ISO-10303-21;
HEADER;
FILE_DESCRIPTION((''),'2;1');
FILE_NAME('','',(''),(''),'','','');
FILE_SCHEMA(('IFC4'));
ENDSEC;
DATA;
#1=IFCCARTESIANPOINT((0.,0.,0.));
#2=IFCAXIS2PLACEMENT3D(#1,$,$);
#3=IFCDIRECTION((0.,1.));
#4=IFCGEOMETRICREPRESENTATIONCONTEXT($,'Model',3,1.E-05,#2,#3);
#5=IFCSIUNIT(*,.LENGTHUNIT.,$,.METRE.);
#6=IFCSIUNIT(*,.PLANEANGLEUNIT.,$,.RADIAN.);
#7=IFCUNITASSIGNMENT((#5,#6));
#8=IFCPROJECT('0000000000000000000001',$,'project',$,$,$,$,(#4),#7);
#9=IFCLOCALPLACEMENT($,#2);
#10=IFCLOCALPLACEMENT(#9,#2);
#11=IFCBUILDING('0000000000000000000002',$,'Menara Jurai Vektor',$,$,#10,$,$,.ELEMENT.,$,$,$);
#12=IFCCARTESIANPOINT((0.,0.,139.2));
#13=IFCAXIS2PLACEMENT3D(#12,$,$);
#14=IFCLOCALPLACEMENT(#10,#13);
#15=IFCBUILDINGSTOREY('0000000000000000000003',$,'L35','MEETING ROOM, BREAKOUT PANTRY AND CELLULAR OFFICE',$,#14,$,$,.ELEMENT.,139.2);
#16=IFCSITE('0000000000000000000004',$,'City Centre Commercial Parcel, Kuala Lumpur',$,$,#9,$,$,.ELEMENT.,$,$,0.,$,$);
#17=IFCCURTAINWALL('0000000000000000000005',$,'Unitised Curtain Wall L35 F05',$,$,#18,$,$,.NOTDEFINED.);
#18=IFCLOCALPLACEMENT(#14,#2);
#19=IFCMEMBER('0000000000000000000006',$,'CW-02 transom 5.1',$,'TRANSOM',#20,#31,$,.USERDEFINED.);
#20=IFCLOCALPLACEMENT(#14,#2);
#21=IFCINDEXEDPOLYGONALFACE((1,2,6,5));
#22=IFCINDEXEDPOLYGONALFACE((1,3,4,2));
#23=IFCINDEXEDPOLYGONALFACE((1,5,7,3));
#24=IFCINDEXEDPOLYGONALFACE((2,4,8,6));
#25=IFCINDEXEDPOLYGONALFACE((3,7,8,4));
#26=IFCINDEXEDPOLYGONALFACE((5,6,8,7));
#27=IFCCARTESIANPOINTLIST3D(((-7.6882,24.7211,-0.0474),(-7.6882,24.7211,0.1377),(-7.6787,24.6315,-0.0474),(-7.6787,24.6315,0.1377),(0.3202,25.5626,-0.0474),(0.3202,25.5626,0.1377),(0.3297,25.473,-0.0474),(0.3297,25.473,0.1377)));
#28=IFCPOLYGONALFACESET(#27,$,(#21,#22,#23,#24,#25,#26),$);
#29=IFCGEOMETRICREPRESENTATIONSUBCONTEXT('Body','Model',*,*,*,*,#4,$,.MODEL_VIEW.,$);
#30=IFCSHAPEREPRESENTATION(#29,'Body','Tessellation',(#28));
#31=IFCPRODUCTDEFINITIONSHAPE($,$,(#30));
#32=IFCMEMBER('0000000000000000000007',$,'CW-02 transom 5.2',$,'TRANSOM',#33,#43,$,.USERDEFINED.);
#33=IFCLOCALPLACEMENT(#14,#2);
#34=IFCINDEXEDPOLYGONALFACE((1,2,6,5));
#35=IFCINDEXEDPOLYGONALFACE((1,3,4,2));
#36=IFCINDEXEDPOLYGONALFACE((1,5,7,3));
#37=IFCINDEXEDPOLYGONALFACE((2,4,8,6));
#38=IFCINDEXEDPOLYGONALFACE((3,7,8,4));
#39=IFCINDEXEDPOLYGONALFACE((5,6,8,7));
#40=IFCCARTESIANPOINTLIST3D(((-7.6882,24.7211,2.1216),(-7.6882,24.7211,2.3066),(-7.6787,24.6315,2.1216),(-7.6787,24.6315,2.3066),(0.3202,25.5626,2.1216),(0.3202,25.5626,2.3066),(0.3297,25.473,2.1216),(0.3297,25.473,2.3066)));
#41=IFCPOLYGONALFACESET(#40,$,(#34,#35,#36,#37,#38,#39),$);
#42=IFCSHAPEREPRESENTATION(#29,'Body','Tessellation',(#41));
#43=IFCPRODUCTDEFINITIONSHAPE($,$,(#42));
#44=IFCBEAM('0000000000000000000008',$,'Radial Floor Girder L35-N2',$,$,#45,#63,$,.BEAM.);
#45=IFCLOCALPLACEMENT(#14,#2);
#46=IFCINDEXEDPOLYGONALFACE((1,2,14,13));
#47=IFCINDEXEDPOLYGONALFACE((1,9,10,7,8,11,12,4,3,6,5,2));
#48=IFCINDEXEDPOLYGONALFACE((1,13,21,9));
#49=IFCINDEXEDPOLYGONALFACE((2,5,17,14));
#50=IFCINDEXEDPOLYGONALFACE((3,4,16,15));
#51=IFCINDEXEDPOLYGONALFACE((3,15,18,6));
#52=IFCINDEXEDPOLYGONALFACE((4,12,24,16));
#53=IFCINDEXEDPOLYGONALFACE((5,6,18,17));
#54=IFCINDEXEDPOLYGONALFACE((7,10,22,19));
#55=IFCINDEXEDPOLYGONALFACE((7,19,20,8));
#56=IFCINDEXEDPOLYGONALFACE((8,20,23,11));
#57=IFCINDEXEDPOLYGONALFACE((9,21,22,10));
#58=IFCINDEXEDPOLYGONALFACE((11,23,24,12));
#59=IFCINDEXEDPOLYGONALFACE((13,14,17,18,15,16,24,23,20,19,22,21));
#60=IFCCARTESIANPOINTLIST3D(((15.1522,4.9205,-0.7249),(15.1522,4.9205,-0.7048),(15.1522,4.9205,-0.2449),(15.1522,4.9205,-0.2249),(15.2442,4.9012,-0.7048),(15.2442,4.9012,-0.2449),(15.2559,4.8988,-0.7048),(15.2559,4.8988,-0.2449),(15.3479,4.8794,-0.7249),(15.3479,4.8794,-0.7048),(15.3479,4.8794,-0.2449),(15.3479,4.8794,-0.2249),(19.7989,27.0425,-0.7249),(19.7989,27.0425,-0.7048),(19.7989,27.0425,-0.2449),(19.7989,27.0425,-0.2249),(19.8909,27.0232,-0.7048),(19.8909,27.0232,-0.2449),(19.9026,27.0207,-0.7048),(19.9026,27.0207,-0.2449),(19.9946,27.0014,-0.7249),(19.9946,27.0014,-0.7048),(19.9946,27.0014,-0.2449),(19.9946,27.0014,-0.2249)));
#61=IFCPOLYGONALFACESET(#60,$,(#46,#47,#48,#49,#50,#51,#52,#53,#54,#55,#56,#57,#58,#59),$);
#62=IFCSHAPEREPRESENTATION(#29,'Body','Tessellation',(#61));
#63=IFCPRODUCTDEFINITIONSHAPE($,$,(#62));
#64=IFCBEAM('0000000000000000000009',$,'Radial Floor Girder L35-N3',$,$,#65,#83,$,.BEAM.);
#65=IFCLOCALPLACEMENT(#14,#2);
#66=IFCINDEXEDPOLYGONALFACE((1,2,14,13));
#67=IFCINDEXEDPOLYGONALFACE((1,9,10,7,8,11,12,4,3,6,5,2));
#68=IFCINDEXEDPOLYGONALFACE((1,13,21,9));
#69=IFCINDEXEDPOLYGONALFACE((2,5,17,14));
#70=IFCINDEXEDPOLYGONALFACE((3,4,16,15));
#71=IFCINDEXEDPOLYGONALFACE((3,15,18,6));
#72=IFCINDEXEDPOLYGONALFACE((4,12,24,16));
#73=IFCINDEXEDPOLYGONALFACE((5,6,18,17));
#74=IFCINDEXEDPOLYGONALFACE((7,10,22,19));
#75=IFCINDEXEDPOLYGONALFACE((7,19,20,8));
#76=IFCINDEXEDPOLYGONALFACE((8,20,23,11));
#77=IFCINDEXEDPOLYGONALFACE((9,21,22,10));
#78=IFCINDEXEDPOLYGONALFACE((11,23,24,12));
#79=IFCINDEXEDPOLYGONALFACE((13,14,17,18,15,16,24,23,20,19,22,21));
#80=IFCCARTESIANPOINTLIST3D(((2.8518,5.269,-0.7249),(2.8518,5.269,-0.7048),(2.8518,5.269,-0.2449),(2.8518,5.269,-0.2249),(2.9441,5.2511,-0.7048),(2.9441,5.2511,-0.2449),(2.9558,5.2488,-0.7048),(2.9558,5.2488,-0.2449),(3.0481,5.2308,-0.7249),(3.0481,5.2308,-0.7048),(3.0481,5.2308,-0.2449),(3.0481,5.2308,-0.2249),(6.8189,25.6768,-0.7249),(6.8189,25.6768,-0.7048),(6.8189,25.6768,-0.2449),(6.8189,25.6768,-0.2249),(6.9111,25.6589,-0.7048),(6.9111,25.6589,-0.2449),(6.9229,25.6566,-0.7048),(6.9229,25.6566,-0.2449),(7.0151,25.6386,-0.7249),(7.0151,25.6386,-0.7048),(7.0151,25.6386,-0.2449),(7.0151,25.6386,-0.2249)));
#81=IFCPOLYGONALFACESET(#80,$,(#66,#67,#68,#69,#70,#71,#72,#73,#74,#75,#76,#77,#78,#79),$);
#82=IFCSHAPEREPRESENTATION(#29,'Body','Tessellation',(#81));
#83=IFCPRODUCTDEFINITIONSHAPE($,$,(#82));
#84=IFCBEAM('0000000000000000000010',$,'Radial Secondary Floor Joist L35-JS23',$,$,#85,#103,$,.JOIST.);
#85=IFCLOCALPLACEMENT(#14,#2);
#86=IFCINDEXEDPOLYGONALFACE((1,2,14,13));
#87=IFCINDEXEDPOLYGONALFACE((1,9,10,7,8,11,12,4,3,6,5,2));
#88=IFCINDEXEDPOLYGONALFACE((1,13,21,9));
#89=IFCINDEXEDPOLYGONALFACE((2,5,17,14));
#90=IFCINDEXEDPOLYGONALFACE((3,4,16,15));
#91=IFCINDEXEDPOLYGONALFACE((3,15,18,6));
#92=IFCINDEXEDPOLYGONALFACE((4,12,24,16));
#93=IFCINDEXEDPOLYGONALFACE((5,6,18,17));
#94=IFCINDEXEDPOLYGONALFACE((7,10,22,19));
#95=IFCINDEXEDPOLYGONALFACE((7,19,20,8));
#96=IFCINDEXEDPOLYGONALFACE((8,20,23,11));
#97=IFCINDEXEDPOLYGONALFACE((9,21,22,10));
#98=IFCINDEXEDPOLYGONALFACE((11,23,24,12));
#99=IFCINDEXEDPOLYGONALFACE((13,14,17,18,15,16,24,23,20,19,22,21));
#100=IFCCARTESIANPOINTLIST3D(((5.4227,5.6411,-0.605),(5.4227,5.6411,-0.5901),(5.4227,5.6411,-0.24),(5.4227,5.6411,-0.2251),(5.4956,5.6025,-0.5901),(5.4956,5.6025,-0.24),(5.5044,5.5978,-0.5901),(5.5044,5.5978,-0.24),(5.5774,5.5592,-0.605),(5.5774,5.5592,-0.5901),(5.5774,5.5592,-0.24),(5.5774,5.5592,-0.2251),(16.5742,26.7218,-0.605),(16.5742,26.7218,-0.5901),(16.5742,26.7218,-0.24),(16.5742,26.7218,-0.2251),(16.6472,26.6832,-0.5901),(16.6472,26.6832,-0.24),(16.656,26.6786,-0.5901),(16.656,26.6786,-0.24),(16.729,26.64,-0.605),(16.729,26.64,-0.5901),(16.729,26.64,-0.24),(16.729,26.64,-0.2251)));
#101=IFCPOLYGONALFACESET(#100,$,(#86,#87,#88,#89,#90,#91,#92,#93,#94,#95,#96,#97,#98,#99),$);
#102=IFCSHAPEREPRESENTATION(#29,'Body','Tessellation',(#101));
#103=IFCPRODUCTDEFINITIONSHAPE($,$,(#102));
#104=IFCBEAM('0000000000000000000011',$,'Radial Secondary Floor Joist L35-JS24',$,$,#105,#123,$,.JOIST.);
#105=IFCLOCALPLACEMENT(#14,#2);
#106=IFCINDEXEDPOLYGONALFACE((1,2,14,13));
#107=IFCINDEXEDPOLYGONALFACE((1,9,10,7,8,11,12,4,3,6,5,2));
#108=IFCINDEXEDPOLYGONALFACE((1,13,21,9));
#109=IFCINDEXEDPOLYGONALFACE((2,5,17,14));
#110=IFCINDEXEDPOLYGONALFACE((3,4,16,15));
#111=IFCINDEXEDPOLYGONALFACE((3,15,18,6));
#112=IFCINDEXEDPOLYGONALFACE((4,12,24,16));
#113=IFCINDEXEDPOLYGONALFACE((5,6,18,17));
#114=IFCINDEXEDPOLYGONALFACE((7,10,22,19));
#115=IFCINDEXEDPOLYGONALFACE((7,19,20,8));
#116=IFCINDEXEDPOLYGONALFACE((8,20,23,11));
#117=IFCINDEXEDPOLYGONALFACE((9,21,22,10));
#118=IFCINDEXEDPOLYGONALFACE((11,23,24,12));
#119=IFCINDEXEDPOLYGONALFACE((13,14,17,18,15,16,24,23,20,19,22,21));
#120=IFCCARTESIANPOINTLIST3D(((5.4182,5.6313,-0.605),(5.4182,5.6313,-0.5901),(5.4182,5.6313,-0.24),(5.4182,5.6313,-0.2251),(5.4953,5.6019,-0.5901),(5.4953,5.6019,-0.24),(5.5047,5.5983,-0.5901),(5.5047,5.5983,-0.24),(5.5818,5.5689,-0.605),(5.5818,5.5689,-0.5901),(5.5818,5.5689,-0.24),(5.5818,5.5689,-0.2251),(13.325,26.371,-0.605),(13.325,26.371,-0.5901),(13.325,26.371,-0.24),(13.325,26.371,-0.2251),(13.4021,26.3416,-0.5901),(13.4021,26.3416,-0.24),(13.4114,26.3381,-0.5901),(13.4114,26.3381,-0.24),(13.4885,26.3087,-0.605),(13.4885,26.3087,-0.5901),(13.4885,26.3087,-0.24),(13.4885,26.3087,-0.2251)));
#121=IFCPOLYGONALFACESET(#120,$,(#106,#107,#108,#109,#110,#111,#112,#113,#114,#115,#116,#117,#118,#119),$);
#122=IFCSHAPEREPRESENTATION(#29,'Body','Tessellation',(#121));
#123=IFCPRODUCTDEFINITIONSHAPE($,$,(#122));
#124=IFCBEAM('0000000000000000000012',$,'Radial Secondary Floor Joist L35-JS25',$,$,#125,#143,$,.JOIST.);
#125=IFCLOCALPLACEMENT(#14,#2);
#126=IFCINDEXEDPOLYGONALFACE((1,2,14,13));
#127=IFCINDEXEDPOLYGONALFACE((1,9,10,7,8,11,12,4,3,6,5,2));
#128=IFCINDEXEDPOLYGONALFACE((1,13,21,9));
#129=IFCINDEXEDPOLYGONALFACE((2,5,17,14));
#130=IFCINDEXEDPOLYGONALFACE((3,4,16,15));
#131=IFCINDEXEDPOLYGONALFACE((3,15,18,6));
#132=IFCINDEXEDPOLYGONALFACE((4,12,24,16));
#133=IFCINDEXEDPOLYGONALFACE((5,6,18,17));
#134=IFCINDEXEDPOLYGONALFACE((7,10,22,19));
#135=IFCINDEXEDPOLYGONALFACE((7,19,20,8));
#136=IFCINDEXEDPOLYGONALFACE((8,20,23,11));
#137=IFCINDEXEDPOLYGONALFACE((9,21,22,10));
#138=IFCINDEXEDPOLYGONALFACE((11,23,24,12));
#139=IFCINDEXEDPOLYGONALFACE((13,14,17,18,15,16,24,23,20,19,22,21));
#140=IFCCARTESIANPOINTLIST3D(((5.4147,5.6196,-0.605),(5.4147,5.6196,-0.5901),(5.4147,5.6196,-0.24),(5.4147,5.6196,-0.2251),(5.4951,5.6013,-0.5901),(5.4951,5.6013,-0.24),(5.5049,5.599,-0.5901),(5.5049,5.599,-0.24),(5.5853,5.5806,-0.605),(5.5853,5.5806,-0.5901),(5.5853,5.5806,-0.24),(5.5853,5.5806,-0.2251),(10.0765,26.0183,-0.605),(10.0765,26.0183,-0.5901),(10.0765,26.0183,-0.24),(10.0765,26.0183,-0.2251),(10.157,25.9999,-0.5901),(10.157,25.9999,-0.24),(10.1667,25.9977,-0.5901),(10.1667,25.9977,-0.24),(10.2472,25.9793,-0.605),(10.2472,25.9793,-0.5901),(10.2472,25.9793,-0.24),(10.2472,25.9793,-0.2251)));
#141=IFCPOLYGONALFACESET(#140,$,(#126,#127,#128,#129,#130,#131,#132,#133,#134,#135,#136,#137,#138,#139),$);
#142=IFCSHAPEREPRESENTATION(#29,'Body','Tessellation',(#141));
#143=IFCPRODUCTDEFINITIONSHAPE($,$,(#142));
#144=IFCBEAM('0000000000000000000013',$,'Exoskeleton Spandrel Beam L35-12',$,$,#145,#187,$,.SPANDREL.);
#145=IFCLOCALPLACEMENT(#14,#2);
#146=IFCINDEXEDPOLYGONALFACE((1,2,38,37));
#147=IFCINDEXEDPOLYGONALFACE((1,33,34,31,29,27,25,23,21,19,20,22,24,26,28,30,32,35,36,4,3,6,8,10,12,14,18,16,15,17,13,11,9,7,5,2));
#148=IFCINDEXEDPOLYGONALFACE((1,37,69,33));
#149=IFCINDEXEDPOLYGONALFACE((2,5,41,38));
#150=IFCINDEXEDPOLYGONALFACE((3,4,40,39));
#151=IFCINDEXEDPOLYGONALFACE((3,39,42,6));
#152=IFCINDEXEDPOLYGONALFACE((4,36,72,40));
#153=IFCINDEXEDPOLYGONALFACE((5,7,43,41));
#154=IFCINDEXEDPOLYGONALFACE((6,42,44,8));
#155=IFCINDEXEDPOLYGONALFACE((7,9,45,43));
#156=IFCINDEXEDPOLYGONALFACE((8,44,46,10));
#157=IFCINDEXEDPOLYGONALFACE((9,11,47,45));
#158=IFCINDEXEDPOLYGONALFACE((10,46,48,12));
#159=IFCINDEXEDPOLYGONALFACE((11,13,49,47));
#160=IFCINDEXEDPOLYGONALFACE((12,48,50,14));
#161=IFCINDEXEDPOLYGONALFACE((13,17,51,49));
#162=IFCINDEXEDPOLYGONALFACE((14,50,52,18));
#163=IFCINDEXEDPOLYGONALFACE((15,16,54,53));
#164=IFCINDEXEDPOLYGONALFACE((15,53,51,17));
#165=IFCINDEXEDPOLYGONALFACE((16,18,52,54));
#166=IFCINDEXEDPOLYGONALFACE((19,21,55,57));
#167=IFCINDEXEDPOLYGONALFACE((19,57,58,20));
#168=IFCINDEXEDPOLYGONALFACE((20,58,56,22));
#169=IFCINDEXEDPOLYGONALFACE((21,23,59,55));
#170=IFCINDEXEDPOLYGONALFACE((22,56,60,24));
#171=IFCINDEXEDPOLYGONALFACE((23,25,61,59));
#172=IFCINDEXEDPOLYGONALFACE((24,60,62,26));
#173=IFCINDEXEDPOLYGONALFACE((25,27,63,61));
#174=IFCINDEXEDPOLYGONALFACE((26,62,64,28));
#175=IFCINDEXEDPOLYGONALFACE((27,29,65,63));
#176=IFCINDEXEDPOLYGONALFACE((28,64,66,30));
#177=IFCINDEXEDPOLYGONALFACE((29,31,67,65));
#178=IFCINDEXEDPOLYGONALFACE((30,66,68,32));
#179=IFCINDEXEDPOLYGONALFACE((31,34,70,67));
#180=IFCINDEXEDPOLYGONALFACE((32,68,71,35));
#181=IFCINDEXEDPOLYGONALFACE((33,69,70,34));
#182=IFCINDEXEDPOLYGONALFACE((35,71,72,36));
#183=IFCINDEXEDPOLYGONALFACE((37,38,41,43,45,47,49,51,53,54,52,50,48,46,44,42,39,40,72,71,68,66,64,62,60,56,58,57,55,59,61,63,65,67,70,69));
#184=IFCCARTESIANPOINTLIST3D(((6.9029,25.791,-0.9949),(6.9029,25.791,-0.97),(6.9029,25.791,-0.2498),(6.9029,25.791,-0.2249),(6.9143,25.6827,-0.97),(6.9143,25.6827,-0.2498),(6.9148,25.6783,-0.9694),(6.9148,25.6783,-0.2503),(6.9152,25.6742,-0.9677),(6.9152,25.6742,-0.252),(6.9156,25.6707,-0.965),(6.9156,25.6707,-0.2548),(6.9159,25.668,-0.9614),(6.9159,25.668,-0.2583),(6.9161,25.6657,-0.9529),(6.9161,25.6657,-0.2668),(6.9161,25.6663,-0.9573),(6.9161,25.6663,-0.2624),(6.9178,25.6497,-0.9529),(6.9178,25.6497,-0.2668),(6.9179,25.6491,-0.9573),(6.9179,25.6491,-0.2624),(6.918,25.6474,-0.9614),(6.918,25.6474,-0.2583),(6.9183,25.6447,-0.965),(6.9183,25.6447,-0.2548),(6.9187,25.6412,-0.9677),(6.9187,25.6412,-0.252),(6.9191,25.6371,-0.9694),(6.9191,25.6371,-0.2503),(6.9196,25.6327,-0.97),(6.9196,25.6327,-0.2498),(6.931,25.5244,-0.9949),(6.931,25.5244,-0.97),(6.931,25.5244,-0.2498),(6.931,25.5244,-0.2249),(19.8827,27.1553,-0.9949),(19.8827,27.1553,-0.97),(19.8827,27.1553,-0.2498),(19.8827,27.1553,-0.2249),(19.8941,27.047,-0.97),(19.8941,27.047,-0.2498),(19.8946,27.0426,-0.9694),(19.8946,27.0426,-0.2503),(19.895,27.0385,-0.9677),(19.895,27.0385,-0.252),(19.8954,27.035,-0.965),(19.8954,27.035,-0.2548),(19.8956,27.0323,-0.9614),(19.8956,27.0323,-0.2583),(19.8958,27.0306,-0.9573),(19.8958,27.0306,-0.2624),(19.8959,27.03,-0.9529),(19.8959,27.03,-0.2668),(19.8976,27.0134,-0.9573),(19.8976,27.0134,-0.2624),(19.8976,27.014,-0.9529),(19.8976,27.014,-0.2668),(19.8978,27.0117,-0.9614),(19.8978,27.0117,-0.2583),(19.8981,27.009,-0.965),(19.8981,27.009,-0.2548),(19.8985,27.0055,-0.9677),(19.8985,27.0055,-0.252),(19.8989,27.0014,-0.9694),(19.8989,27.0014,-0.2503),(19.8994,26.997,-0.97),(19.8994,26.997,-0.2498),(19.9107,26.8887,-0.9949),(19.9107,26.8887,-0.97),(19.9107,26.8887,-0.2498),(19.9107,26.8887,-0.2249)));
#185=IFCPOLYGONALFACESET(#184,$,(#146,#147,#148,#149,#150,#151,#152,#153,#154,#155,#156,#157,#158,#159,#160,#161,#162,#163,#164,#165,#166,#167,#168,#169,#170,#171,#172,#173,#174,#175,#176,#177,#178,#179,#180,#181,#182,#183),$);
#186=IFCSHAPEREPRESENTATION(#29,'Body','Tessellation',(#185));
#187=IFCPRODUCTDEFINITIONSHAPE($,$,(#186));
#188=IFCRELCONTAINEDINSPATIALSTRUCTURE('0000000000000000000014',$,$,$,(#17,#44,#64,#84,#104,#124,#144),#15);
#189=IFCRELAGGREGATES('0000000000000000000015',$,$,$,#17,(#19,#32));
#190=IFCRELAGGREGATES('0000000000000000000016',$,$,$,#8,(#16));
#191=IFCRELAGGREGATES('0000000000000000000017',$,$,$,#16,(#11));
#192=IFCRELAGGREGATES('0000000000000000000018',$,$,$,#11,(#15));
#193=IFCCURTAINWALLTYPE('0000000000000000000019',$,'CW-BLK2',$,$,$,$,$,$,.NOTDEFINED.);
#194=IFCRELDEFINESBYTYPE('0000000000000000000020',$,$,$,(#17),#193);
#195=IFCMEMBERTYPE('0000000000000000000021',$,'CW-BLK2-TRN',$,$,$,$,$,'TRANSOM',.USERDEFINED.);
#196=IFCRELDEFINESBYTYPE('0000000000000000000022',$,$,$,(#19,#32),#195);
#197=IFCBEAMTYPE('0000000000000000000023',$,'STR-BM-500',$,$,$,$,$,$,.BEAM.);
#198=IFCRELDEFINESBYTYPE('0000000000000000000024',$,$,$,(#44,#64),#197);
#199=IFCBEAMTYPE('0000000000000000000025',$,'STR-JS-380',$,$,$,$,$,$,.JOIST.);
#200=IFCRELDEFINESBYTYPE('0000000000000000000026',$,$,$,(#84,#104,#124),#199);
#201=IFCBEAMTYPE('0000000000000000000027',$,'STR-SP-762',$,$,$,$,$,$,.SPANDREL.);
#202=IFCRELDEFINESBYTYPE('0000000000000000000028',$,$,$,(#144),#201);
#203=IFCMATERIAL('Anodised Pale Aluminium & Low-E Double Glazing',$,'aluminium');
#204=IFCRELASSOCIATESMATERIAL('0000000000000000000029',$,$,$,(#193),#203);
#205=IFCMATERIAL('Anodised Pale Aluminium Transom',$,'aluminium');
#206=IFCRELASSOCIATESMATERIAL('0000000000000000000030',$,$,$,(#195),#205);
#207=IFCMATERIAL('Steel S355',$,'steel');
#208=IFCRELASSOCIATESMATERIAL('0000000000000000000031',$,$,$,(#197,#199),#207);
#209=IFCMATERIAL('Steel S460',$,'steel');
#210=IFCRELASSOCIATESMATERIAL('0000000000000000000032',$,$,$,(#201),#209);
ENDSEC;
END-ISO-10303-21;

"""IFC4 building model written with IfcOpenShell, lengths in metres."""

from ifc_helpers import new_model, si_unit, direction, frame, origin, origin_2d, place, context, subcontext, project, spatial, rectangle, i_section, extrude, material, material_profile, profile_set, type_object, element, aggregate, save


model = new_model("IFC4")

# Units and contexts
model_context = context("Model", 3, precision=1e-05, world=origin(), true_north=direction((0.0, 1.0)))
body_context = subcontext(model_context, "Body", "Model", "MODEL_VIEW")
ifc_project = project(units=[si_unit("LENGTHUNIT", "METRE"), si_unit("PLANEANGLEUNIT", "RADIAN")], contexts=[model_context])

# Site, building, storey
site_placement = place(None, origin())
site = spatial("IfcSite", under=ifc_project, at=site_placement, Name="City Centre Commercial Parcel, Kuala Lumpur", CompositionType="ELEMENT", RefElevation=0.0)
building_placement = place(site_placement, origin())
building = spatial("IfcBuilding", under=site, at=building_placement, Name="Menara Jurai Vektor", CompositionType="ELEMENT")
storey_placement = place(building_placement, frame((0.0, 0.0, 139.2)))
storey = spatial("IfcBuildingStorey", under=building, at=storey_placement, Name="L35", Description="MEETING ROOM, BREAKOUT PANTRY AND CELLULAR OFFICE", CompositionType="ELEMENT", Elevation=139.2)

# Shared definitions
ifc_material_1 = material(Name="Steel S460", Category="steel")

# Curtain wall, members
ifc_material_2 = material(Name="Anodised Pale Aluminium & Low-E Double Glazing", Category="aluminium")
curtain_wall_type = type_object("IfcCurtainWallType", Name="CW-BLK2", PredefinedType="NOTDEFINED", material=ifc_material_2)
curtain_wall_placement = place(storey_placement, origin())
curtain_wall = element("IfcCurtainWall", 1, at=curtain_wall_placement, inside=storey, type_object=curtain_wall_type, Name="Unitised Curtain Wall L35 F05", PredefinedType="NOTDEFINED")
ifc_material_3 = material(Name="Anodised Pale Aluminium Transom", Category="aluminium")
ifc_material_profile_1 = material_profile(ifc_material_3, rectangle(XDim=0.0901, YDim=0.1851, at=origin_2d()), Name="ALU TRN 90x185")
ifc_profile_set_1 = profile_set([ifc_material_profile_1], Name="Anodised Pale Aluminium Transom")
member_type_1 = type_object("IfcMemberType", Name="CW-BLK2-TRN", ElementType="TRANSOM", PredefinedType="USERDEFINED", material=ifc_profile_set_1)
member_1_placement = place(storey_placement, frame((0.325, 25.5178, 0.0452), z_axis=(-0.994524, -0.10451, 0.0), x_axis=(0.10451, -0.994524, 0.0)))
member_1 = element("IfcMember", 2, at=member_1_placement, type_object=member_type_1, Name="CW-02 transom 5.1", ObjectType="TRANSOM", PredefinedType="USERDEFINED", context=body_context, shape_type="SweptSolid", body=[
    extrude(rectangle(XDim=0.0901, YDim=0.1851, at=origin_2d()), origin(), (0.0, 0.0, 1.0), 8.0525),
])
member_2_placement = place(storey_placement, frame((0.325, 25.5178, 2.2141), z_axis=(-0.994524, -0.10451, 0.0), x_axis=(0.10451, -0.994524, 0.0)))
member_2 = element("IfcMember", 3, at=member_2_placement, type_object=member_type_1, Name="CW-02 transom 5.2", ObjectType="TRANSOM", PredefinedType="USERDEFINED", context=body_context, shape_type="SweptSolid", body=[
    extrude(rectangle(XDim=0.0901, YDim=0.1851, at=origin_2d()), origin(), (0.0, 0.0, 1.0), 8.0525),
])

# Beams
ifc_material_4 = material(Name="Steel S355", Category="steel")
ifc_material_profile_2 = material_profile(ifc_material_4, i_section(OverallWidth=0.2, OverallDepth=0.5, WebThickness=0.012, FlangeThickness=0.02, at=origin_2d()), Name="PG 500x200x96")
ifc_profile_set_2 = profile_set([ifc_material_profile_2], Name="Steel S355")
beam_type_1 = type_object("IfcBeamType", Name="STR-BM-500", PredefinedType="BEAM", material=ifc_profile_set_2)
beam_1_placement = place(storey_placement, frame((19.8967, 27.022, -0.4749), z_axis=(-0.205564, -0.978644, 0.0), x_axis=(0.978644, -0.205564, 0.0)))
element("IfcBeam", 4, at=beam_1_placement, inside=storey, type_object=beam_type_1, Name="Radial Floor Girder L35-N2", PredefinedType="BEAM", context=body_context, shape_type="SweptSolid", body=[
    extrude(i_section(OverallWidth=0.2, OverallDepth=0.5, WebThickness=0.012, FlangeThickness=0.02, at=origin_2d()), origin(), (0.0, 0.0, 1.0), 22.6047),
])
beam_2_placement = place(storey_placement, frame((6.917, 25.6577, -0.4749), z_axis=(-0.190817, -0.981626, 0.0), x_axis=(0.981626, -0.190817, 0.0)))
element("IfcBeam", 5, at=beam_2_placement, inside=storey, type_object=beam_type_1, Name="Radial Floor Girder L35-N3", PredefinedType="BEAM", context=body_context, shape_type="SweptSolid", body=[
    extrude(i_section(OverallWidth=0.2, OverallDepth=0.5, WebThickness=0.012, FlangeThickness=0.02, at=origin_2d()), origin(), (0.0, 0.0, 1.0), 20.7898),
])
ifc_material_profile_3 = material_profile(ifc_material_4, i_section(OverallWidth=0.175, OverallDepth=0.3799, WebThickness=0.01, FlangeThickness=0.0149, at=origin_2d()), Name="PG 380x175x58")
ifc_profile_set_3 = profile_set([ifc_material_profile_3], Name="Steel S355")
beam_type_2 = type_object("IfcBeamType", Name="STR-JS-380", PredefinedType="JOIST", material=ifc_profile_set_3)
beam_3_placement = place(storey_placement, frame((16.6516, 26.6809, -0.415), z_axis=(-0.467599, -0.883941, 0.0), x_axis=(0.883941, -0.467599, 0.0)))
element("IfcBeam", 6, at=beam_3_placement, inside=storey, type_object=beam_type_2, Name="Radial Secondary Floor Joist L35-JS23", PredefinedType="JOIST", context=body_context, shape_type="SweptSolid", body=[
    extrude(i_section(OverallWidth=0.175, OverallDepth=0.3799, WebThickness=0.01, FlangeThickness=0.0149, at=origin_2d()), origin(), (0.0, 0.0, 1.0), 23.8486),
])
beam_4_placement = place(storey_placement, frame((13.4067, 26.3398, -0.415), z_axis=(-0.356227, -0.9344, 0.0), x_axis=(0.9344, -0.356227, 0.0)))
element("IfcBeam", 7, at=beam_4_placement, inside=storey, type_object=beam_type_2, Name="Radial Secondary Floor Joist L35-JS24", PredefinedType="JOIST", context=body_context, shape_type="SweptSolid", body=[
    extrude(i_section(OverallWidth=0.175, OverallDepth=0.3799, WebThickness=0.01, FlangeThickness=0.0149, at=origin_2d()), origin(), (0.0, 0.0, 1.0), 22.1958),
])
beam_5_placement = place(storey_placement, frame((10.1619, 25.9988, -0.415), z_axis=(-0.222793, -0.974866, 0.0), x_axis=(0.974866, -0.222793, 0.0)))
element("IfcBeam", 8, at=beam_5_placement, inside=storey, type_object=beam_type_2, Name="Radial Secondary Floor Joist L35-JS25", PredefinedType="JOIST", context=body_context, shape_type="SweptSolid", body=[
    extrude(i_section(OverallWidth=0.175, OverallDepth=0.3799, WebThickness=0.01, FlangeThickness=0.0149, at=origin_2d()), origin(), (0.0, 0.0, 1.0), 20.9246),
])
ifc_material_profile_4 = material_profile(ifc_material_1, i_section(OverallWidth=0.2681, OverallDepth=0.77, WebThickness=0.0161, FlangeThickness=0.0249, FilletRadius=0.0171, at=origin_2d()), Name="UKB 762x267x197")
ifc_profile_set_4 = profile_set([ifc_material_profile_4], Name="Steel S460")
beam_type_3 = type_object("IfcBeamType", Name="STR-SP-762", PredefinedType="SPANDREL", material=ifc_profile_set_4)
beam_6_placement = place(storey_placement, frame((19.8967, 27.022, -0.6099), z_axis=(-0.994522, -0.104531, 0.0), x_axis=(0.104531, -0.994522, 0.0)))
element("IfcBeam", 9, at=beam_6_placement, inside=storey, type_object=beam_type_3, Name="Exoskeleton Spandrel Beam L35-12", PredefinedType="SPANDREL", context=body_context, shape_type="SweptSolid", body=[
    extrude(i_section(OverallWidth=0.2681, OverallDepth=0.77, WebThickness=0.0161, FlangeThickness=0.0249, FilletRadius=0.0171, at=origin_2d()), origin(), (0.0, 0.0, 1.0), 13.0513),
])

aggregate(curtain_wall, [member_1, member_2])

save(model, "model.ifc")
